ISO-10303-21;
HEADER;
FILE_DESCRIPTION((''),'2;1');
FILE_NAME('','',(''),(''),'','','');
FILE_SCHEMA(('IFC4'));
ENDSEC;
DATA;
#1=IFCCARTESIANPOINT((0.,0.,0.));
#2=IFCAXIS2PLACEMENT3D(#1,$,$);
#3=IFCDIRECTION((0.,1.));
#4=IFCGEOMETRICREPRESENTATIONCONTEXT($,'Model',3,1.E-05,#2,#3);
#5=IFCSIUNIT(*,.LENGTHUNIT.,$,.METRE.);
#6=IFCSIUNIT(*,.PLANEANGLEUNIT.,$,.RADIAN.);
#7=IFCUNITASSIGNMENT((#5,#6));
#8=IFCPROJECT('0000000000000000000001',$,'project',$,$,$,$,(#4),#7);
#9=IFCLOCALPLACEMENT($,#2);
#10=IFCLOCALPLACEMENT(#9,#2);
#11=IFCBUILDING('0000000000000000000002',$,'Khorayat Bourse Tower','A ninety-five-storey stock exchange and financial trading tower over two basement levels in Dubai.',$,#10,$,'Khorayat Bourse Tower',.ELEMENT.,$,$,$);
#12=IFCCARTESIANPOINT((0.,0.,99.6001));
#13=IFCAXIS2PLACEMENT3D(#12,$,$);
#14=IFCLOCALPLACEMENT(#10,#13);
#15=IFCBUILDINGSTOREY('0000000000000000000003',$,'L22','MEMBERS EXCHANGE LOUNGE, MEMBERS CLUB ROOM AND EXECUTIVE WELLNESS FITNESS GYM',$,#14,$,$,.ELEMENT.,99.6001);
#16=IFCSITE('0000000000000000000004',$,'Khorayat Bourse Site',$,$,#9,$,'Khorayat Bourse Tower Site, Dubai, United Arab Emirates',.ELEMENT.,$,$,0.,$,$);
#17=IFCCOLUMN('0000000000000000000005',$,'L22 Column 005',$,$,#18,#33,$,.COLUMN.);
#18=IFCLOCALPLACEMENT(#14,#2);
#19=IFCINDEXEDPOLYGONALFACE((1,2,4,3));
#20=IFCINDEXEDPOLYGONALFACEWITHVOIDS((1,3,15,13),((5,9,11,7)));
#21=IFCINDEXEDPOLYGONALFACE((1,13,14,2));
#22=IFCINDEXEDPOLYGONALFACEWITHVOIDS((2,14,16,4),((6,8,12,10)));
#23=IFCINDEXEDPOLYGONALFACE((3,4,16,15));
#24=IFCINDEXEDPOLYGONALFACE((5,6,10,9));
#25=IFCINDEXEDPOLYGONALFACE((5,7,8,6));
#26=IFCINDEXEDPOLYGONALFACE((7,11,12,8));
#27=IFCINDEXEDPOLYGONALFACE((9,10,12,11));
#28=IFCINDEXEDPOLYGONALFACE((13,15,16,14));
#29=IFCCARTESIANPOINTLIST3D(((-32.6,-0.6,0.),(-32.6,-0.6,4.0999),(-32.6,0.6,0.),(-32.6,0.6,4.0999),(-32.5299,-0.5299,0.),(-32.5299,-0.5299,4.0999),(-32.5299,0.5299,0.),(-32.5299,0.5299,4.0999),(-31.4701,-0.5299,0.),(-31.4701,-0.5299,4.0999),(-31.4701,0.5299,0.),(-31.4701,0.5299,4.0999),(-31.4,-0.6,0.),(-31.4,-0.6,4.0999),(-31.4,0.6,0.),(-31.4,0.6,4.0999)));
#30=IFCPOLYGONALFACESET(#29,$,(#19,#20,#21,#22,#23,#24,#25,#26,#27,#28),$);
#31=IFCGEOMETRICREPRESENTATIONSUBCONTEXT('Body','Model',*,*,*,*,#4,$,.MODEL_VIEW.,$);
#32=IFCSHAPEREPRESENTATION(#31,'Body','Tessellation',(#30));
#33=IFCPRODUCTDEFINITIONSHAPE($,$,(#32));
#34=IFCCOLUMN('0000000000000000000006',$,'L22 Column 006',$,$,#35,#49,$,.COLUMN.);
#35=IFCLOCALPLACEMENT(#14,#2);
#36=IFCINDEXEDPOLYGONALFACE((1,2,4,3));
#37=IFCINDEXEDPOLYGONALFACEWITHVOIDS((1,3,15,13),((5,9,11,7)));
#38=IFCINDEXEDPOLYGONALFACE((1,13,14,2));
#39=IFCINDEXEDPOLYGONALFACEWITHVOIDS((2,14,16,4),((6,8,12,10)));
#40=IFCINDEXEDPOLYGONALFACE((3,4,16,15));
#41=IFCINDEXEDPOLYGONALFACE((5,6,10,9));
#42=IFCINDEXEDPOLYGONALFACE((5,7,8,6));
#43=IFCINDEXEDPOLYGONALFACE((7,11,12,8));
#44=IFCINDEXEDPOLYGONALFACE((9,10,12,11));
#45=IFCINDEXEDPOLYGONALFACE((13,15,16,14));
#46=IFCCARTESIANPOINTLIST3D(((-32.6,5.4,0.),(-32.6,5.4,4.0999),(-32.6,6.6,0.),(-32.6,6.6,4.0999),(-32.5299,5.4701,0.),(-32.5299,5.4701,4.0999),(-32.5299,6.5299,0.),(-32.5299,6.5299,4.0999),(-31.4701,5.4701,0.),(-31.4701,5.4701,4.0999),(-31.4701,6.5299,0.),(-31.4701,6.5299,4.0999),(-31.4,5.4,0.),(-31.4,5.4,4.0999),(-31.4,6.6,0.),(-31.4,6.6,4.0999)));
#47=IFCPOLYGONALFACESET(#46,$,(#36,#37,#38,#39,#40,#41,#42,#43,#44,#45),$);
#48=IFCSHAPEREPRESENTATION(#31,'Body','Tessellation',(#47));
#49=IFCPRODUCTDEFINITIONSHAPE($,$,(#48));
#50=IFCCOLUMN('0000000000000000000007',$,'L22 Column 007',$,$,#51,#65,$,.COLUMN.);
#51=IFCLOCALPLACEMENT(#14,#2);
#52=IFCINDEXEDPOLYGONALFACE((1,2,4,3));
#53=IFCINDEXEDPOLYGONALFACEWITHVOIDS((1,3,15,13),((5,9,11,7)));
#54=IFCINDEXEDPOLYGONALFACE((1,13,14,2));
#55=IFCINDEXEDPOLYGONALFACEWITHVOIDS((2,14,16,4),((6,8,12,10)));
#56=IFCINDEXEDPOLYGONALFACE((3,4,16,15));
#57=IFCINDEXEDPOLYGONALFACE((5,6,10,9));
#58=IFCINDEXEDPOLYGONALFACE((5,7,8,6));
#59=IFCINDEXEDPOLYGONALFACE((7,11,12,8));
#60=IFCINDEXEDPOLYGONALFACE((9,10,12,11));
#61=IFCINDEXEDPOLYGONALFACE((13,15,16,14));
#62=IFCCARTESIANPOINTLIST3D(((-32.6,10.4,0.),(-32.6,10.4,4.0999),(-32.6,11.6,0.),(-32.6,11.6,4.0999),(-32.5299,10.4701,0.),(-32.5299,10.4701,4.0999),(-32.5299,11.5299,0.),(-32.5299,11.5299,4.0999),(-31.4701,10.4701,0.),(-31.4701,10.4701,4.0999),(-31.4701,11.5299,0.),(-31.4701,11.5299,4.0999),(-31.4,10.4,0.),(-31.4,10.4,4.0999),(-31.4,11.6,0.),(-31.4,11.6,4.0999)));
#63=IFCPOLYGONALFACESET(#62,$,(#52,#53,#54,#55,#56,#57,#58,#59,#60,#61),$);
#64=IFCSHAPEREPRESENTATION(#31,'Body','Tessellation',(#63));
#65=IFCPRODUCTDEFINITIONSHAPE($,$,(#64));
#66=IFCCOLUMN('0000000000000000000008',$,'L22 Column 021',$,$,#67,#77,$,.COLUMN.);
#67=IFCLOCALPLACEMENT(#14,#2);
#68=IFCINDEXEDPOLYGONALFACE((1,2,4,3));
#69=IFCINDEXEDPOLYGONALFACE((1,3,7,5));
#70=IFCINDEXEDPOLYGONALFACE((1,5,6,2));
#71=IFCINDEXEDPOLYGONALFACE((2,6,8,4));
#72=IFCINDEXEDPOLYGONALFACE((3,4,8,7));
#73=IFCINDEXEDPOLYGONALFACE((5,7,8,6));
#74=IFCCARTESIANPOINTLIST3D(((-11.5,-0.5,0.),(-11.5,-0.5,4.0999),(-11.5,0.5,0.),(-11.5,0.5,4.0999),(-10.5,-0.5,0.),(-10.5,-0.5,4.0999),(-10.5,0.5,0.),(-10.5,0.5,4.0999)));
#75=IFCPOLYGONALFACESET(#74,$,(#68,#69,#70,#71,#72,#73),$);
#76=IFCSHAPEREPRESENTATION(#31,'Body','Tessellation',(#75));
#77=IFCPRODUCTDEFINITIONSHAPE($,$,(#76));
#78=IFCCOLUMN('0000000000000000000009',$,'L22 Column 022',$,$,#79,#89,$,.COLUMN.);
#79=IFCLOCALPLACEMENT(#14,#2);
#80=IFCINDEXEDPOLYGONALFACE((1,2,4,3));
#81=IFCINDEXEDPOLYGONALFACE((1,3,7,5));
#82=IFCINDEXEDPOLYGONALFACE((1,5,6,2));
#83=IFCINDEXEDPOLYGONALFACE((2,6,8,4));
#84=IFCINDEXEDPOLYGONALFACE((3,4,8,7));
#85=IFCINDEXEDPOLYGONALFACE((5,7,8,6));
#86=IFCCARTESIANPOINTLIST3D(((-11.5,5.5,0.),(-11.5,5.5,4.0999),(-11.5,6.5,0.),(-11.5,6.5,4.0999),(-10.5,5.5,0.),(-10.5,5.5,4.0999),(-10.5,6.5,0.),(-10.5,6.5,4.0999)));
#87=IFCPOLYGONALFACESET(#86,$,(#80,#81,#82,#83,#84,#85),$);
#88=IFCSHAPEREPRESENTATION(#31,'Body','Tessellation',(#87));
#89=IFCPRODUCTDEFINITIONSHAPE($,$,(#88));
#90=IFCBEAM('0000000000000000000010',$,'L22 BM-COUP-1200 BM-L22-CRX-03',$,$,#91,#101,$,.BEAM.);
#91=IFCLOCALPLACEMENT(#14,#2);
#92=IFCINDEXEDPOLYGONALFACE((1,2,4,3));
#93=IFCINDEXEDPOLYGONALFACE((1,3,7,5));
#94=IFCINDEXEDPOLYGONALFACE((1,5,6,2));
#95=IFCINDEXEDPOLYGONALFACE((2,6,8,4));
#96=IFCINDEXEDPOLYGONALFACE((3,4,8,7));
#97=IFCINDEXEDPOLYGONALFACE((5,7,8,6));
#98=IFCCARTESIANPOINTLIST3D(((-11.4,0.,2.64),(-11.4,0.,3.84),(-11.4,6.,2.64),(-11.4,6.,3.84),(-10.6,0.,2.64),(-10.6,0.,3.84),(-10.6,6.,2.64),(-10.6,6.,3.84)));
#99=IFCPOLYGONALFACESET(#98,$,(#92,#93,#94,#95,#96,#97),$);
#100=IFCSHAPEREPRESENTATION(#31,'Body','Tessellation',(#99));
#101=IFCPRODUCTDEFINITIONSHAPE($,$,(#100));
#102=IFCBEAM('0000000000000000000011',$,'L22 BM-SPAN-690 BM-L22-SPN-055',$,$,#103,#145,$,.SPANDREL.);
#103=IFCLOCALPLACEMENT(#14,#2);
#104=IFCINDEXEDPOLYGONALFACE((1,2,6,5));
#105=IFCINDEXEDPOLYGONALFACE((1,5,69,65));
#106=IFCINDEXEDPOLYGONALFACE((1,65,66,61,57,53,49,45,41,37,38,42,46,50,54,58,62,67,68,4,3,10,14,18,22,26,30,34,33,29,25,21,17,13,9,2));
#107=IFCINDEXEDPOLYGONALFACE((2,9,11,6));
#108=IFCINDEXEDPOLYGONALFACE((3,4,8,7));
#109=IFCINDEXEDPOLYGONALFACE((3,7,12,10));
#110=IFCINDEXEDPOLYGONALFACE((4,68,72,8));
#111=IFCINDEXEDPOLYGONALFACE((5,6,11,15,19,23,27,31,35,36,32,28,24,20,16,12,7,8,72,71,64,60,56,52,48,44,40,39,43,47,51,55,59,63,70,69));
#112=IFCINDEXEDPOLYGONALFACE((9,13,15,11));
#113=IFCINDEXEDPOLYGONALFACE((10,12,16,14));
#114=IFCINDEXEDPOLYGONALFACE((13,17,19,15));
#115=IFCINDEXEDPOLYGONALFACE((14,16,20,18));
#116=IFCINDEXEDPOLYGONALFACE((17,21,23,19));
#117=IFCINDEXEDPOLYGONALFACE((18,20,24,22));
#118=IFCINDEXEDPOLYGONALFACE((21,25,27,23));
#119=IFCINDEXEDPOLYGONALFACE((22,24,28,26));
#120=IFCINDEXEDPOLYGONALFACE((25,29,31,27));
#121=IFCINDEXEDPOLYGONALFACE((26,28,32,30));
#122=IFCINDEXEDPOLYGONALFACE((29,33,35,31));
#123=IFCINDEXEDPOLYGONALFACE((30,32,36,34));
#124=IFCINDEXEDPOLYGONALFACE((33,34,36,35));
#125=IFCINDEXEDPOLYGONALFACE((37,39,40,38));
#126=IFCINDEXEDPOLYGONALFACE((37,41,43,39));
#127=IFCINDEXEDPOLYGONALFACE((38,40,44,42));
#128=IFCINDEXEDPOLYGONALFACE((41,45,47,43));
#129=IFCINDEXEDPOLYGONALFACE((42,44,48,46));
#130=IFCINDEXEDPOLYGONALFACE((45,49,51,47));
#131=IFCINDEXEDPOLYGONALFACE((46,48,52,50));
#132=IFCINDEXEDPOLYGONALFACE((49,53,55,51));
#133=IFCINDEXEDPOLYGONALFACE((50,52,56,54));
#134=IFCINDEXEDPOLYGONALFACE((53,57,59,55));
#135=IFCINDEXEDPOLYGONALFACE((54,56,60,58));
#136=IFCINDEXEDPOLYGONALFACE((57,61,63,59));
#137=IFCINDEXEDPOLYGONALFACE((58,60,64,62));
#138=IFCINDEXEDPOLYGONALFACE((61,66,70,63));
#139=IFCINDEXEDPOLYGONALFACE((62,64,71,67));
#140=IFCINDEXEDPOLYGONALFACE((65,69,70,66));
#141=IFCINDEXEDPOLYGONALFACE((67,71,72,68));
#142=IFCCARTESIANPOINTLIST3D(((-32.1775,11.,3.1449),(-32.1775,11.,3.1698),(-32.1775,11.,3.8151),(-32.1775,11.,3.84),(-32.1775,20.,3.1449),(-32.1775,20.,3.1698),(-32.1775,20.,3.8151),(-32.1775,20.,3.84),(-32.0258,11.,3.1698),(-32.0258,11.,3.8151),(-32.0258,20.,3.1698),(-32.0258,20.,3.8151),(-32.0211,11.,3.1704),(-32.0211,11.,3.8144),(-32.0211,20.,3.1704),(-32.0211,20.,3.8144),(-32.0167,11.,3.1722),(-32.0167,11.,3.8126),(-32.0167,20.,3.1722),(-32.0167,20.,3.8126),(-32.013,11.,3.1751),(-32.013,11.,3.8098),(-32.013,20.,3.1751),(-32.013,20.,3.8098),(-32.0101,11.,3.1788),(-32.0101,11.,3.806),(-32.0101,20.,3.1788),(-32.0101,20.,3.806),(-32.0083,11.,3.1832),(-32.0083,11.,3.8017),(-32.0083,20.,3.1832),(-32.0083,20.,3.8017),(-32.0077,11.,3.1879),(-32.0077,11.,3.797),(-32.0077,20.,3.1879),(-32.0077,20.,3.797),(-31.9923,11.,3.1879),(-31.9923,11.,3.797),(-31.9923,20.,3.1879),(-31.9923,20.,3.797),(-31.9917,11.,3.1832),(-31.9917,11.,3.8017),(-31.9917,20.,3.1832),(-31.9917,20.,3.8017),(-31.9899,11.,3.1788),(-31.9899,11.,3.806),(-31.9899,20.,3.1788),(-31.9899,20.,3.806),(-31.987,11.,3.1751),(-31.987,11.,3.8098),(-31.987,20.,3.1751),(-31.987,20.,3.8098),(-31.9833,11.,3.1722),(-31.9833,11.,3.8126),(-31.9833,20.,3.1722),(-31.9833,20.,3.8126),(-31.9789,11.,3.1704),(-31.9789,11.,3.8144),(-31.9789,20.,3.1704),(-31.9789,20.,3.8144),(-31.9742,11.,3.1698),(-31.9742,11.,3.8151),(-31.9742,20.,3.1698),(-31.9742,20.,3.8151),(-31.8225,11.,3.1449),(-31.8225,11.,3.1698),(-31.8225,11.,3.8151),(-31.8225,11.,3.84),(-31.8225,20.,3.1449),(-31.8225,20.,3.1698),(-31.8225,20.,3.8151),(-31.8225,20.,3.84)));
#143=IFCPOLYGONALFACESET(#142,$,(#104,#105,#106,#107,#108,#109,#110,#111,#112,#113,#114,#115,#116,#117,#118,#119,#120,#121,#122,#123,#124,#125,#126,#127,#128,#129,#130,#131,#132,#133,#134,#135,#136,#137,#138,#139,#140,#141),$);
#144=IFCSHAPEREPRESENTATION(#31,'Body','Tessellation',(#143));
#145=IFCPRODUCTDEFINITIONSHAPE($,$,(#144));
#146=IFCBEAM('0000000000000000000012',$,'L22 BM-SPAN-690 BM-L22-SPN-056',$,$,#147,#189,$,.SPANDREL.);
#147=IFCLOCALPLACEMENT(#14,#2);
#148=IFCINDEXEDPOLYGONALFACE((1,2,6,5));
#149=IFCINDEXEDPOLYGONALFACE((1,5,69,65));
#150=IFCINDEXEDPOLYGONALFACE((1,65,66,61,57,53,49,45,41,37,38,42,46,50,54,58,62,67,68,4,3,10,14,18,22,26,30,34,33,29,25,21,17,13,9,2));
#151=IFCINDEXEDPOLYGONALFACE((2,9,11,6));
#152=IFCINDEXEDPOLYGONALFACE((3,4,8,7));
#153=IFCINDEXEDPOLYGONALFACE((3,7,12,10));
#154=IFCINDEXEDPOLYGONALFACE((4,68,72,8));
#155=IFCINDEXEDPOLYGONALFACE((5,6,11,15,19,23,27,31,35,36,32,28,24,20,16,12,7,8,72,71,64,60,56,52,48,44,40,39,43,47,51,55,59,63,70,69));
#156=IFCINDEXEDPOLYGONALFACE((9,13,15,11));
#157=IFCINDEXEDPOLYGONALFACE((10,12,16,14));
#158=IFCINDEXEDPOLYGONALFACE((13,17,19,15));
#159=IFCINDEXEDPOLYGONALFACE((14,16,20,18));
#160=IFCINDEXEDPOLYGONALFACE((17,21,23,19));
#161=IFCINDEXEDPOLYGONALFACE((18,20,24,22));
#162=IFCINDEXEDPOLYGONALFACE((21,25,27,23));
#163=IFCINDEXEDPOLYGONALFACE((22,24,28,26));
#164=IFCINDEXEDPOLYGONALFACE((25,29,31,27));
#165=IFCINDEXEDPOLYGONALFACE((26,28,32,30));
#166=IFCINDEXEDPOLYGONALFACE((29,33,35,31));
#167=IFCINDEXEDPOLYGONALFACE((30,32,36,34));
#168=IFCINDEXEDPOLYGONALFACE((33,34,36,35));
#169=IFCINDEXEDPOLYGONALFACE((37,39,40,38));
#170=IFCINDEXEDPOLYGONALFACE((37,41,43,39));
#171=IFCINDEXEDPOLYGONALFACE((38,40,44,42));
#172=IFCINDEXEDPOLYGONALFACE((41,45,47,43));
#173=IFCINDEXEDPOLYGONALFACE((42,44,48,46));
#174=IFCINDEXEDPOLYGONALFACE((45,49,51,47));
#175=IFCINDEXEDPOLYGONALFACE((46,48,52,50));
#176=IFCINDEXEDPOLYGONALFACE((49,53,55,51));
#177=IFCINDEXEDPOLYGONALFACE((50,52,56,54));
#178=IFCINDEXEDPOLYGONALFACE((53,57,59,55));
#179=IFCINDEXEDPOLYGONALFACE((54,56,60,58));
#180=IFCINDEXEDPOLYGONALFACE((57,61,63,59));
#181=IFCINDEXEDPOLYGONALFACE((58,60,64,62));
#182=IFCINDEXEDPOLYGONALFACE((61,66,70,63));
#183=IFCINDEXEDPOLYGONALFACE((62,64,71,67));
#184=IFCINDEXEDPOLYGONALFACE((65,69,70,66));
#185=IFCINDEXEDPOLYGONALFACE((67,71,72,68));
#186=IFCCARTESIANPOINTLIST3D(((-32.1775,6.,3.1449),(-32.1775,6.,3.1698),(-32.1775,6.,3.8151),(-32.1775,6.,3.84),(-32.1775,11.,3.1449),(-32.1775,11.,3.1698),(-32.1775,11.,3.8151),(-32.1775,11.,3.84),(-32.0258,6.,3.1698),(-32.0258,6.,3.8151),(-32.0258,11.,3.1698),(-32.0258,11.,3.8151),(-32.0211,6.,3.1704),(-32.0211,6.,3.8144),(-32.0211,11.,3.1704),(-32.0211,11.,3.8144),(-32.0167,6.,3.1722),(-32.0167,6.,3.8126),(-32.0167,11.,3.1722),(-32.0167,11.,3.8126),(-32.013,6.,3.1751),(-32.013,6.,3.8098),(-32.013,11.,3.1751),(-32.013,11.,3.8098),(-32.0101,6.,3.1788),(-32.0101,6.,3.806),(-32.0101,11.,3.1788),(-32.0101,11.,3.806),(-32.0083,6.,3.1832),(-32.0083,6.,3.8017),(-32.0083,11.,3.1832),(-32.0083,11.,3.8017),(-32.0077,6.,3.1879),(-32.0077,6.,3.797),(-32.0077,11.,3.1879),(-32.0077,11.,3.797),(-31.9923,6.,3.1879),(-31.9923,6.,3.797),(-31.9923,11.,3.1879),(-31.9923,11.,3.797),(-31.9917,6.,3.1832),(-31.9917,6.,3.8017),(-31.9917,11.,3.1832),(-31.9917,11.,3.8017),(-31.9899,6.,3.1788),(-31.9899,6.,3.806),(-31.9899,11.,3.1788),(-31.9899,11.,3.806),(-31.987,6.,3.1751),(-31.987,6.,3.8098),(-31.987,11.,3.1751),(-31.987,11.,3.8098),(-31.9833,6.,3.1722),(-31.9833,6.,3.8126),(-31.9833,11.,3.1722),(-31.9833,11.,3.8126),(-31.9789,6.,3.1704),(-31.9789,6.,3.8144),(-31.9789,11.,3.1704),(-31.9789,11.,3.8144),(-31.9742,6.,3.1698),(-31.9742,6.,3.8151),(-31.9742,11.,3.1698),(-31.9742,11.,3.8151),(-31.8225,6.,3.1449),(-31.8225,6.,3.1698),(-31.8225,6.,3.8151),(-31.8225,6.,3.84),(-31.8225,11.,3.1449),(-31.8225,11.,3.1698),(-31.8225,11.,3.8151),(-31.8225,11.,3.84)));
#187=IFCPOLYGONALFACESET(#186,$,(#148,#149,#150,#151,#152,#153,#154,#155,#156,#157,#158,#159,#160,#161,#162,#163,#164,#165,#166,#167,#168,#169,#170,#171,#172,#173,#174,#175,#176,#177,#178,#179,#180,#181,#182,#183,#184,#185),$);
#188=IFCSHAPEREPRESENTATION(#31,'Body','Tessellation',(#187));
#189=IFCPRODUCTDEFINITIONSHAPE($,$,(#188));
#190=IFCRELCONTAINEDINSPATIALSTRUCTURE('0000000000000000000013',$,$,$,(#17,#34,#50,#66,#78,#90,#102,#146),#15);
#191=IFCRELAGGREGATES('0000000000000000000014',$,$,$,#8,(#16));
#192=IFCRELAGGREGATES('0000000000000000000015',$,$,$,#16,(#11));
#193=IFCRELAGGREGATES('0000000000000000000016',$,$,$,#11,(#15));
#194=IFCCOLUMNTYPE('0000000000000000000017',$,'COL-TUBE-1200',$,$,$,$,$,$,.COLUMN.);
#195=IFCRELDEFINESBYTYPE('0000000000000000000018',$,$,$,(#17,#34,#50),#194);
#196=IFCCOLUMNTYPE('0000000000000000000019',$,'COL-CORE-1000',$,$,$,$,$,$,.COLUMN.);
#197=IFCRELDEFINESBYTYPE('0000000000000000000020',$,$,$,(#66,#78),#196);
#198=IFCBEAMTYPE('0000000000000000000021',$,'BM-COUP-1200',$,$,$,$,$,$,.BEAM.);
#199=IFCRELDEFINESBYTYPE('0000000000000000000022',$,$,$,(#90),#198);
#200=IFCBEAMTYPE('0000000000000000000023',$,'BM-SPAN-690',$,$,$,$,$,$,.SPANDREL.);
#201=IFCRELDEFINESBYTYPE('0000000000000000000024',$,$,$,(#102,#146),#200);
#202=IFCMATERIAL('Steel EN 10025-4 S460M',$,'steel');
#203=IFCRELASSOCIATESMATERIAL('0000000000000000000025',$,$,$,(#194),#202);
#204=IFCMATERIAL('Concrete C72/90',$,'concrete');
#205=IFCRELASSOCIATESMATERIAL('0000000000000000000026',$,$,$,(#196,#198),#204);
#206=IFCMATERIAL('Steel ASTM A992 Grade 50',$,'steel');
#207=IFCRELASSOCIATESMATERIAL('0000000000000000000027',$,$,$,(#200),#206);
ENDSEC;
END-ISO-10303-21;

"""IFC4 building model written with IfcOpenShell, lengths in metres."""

from ifc_helpers import new_model, si_unit, direction, frame, origin, origin_2d, place, context, subcontext, project, spatial, rectangle, hollow_rectangle, i_section, extrude, source, transform, mapped, material, material_profile, profile_set, type_object, element, save


model = new_model("IFC4")

# Units and contexts
model_context = context("Model", 3, precision=1e-05, world=origin(), true_north=direction((0.0, 1.0)))
body_context = subcontext(model_context, "Body", "Model", "MODEL_VIEW")
ifc_project = project(units=[si_unit("LENGTHUNIT", "METRE"), si_unit("PLANEANGLEUNIT", "RADIAN")], contexts=[model_context])

# Site, building, storey
site_placement = place(None, origin())
site = spatial("IfcSite", under=ifc_project, at=site_placement, Name="Khorayat Bourse Site", LongName="Khorayat Bourse Tower Site, Dubai, United Arab Emirates", CompositionType="ELEMENT", RefElevation=0.0)
building_placement = place(site_placement, origin())
building = spatial("IfcBuilding", under=site, at=building_placement, Name="Khorayat Bourse Tower", Description="A ninety-five-storey stock exchange and financial trading tower over two basement levels in Dubai.", LongName="Khorayat Bourse Tower", CompositionType="ELEMENT")
storey_placement = place(building_placement, frame((0.0, 0.0, 99.6001)))
storey = spatial("IfcBuildingStorey", under=building, at=storey_placement, Name="L22", Description="MEMBERS EXCHANGE LOUNGE, MEMBERS CLUB ROOM AND EXECUTIVE WELLNESS FITNESS GYM", CompositionType="ELEMENT", Elevation=99.6001)

# Columns
ifc_material_1 = material(Name="Steel EN 10025-4 S460M", Category="steel")
ifc_material_profile_1 = material_profile(ifc_material_1, hollow_rectangle(XDim=1.2, YDim=1.2, WallThickness=0.0701, at=origin_2d()), Name="BOX 1200x1200x70")
ifc_profile_set_1 = profile_set([ifc_material_profile_1], Name="Steel EN 10025-4 S460M")
column_type_1 = type_object("IfcColumnType", Name="COL-TUBE-1200", PredefinedType="COLUMN", material=ifc_profile_set_1)
shared_shape_1 = source(origin(), body_context, "Body", "SweptSolid", [
    extrude(hollow_rectangle(XDim=1.2, YDim=1.2, WallThickness=0.0701, at=origin_2d()), origin(), (0.0, 0.0, 1.0), 4.0999),
])
for number, where, z_axis, x_axis, name in (
    (1, (-32.0, 0.0, 0.0), (0.0, 0.0, 1.0), (1.0, 0.0, 0.0), "L22 Column 005"),
    (2, (-32.0, 6.0, 0.0), (0.0, 0.0, 1.0), (1.0, 0.0, 0.0), "L22 Column 006"),
    (3, (-32.0, 11.0, 0.0), (0.0, 0.0, 1.0), (1.0, 0.0, 0.0), "L22 Column 007"),
):
    element("IfcColumn", number, at=place(storey_placement, frame(where, z_axis=z_axis, x_axis=x_axis)), inside=storey, type_object=column_type_1, Name=name, PredefinedType="COLUMN", context=body_context, shape_type="MappedRepresentation", body=[
        mapped(shared_shape_1, transform((0.0, 0.0, 0.0), scale=1.0)),
    ])
ifc_material_2 = material(Name="Concrete C72/90", Category="concrete")
ifc_material_profile_2 = material_profile(ifc_material_2, rectangle(XDim=1.0, YDim=1.0, at=origin_2d()), Name="RC 1000x1000")
ifc_profile_set_2 = profile_set([ifc_material_profile_2], Name="Concrete C72/90")
column_type_2 = type_object("IfcColumnType", Name="COL-CORE-1000", PredefinedType="COLUMN", material=ifc_profile_set_2)
shared_shape_2 = source(origin(), body_context, "Body", "SweptSolid", [
    extrude(rectangle(XDim=1.0, YDim=1.0, at=origin_2d()), origin(), (0.0, 0.0, 1.0), 4.0999),
])
for number, where, z_axis, x_axis, name in (
    (4, (-11.0, 0.0, 0.0), (0.0, 0.0, 1.0), (1.0, 0.0, 0.0), "L22 Column 021"),
    (5, (-11.0, 6.0, 0.0), (0.0, 0.0, 1.0), (1.0, 0.0, 0.0), "L22 Column 022"),
):
    element("IfcColumn", number, at=place(storey_placement, frame(where, z_axis=z_axis, x_axis=x_axis)), inside=storey, type_object=column_type_2, Name=name, PredefinedType="COLUMN", context=body_context, shape_type="MappedRepresentation", body=[
        mapped(shared_shape_2, transform((0.0, 0.0, 0.0), scale=1.0)),
    ])

# Beams
ifc_material_profile_3 = material_profile(ifc_material_2, rectangle(XDim=0.8, YDim=1.2, at=origin_2d()), Name="RC 800x1200")
ifc_profile_set_3 = profile_set([ifc_material_profile_3], Name="Concrete C72/90")
beam_type_1 = type_object("IfcBeamType", Name="BM-COUP-1200", PredefinedType="BEAM", material=ifc_profile_set_3)
shared_shape_3 = source(origin(), body_context, "Body", "SweptSolid", [
    extrude(rectangle(XDim=0.8, YDim=1.2, at=origin_2d()), origin(), (0.0, 0.0, 1.0), 6.0),
])
beam_1_placement = place(storey_placement, frame((-11.0, 0.0, 3.24), z_axis=(0.0, 1.0, 0.0), x_axis=(-1.0, 0.0, 0.0)))
element("IfcBeam", 6, at=beam_1_placement, inside=storey, type_object=beam_type_1, Name="L22 BM-COUP-1200 BM-L22-CRX-03", PredefinedType="BEAM", context=body_context, shape_type="MappedRepresentation", body=[
    mapped(shared_shape_3, transform((0.0, 0.0, 0.0), scale=1.0)),
])
ifc_material_3 = material(Name="Steel ASTM A992 Grade 50", Category="steel")
ifc_material_profile_4 = material_profile(ifc_material_3, i_section(OverallWidth=0.355, OverallDepth=0.6951, WebThickness=0.0154, FlangeThickness=0.0249, FilletRadius=0.0181, at=origin_2d()), Name="W690X217")
ifc_profile_set_4 = profile_set([ifc_material_profile_4], Name="Steel ASTM A992 Grade 50")
beam_type_2 = type_object("IfcBeamType", Name="BM-SPAN-690", PredefinedType="SPANDREL", material=ifc_profile_set_4)
shared_shape_4 = source(origin(), body_context, "Body", "SweptSolid", [
    extrude(i_section(OverallWidth=0.355, OverallDepth=0.6951, WebThickness=0.0154, FlangeThickness=0.0249, FilletRadius=0.0181, at=origin_2d()), origin(), (0.0, 0.0, 1.0), 9.0),
])
beam_2_placement = place(storey_placement, frame((-32.0, 11.0, 3.4924), z_axis=(0.0, 1.0, 0.0), x_axis=(-1.0, 0.0, 0.0)))
element("IfcBeam", 7, at=beam_2_placement, inside=storey, type_object=beam_type_2, Name="L22 BM-SPAN-690 BM-L22-SPN-055", PredefinedType="SPANDREL", context=body_context, shape_type="MappedRepresentation", body=[
    mapped(shared_shape_4, transform((0.0, 0.0, 0.0), scale=1.0)),
])
shared_shape_5 = source(origin(), body_context, "Body", "SweptSolid", [
    extrude(i_section(OverallWidth=0.355, OverallDepth=0.6951, WebThickness=0.0154, FlangeThickness=0.0249, FilletRadius=0.0181, at=origin_2d()), origin(), (0.0, 0.0, 1.0), 5.0),
])
beam_3_placement = place(storey_placement, frame((-32.0, 6.0, 3.4924), z_axis=(0.0, 1.0, 0.0), x_axis=(-1.0, 0.0, 0.0)))
element("IfcBeam", 8, at=beam_3_placement, inside=storey, type_object=beam_type_2, Name="L22 BM-SPAN-690 BM-L22-SPN-056", PredefinedType="SPANDREL", context=body_context, shape_type="MappedRepresentation", body=[
    mapped(shared_shape_5, transform((0.0, 0.0, 0.0), scale=1.0)),
])

save(model, "model.ifc")
